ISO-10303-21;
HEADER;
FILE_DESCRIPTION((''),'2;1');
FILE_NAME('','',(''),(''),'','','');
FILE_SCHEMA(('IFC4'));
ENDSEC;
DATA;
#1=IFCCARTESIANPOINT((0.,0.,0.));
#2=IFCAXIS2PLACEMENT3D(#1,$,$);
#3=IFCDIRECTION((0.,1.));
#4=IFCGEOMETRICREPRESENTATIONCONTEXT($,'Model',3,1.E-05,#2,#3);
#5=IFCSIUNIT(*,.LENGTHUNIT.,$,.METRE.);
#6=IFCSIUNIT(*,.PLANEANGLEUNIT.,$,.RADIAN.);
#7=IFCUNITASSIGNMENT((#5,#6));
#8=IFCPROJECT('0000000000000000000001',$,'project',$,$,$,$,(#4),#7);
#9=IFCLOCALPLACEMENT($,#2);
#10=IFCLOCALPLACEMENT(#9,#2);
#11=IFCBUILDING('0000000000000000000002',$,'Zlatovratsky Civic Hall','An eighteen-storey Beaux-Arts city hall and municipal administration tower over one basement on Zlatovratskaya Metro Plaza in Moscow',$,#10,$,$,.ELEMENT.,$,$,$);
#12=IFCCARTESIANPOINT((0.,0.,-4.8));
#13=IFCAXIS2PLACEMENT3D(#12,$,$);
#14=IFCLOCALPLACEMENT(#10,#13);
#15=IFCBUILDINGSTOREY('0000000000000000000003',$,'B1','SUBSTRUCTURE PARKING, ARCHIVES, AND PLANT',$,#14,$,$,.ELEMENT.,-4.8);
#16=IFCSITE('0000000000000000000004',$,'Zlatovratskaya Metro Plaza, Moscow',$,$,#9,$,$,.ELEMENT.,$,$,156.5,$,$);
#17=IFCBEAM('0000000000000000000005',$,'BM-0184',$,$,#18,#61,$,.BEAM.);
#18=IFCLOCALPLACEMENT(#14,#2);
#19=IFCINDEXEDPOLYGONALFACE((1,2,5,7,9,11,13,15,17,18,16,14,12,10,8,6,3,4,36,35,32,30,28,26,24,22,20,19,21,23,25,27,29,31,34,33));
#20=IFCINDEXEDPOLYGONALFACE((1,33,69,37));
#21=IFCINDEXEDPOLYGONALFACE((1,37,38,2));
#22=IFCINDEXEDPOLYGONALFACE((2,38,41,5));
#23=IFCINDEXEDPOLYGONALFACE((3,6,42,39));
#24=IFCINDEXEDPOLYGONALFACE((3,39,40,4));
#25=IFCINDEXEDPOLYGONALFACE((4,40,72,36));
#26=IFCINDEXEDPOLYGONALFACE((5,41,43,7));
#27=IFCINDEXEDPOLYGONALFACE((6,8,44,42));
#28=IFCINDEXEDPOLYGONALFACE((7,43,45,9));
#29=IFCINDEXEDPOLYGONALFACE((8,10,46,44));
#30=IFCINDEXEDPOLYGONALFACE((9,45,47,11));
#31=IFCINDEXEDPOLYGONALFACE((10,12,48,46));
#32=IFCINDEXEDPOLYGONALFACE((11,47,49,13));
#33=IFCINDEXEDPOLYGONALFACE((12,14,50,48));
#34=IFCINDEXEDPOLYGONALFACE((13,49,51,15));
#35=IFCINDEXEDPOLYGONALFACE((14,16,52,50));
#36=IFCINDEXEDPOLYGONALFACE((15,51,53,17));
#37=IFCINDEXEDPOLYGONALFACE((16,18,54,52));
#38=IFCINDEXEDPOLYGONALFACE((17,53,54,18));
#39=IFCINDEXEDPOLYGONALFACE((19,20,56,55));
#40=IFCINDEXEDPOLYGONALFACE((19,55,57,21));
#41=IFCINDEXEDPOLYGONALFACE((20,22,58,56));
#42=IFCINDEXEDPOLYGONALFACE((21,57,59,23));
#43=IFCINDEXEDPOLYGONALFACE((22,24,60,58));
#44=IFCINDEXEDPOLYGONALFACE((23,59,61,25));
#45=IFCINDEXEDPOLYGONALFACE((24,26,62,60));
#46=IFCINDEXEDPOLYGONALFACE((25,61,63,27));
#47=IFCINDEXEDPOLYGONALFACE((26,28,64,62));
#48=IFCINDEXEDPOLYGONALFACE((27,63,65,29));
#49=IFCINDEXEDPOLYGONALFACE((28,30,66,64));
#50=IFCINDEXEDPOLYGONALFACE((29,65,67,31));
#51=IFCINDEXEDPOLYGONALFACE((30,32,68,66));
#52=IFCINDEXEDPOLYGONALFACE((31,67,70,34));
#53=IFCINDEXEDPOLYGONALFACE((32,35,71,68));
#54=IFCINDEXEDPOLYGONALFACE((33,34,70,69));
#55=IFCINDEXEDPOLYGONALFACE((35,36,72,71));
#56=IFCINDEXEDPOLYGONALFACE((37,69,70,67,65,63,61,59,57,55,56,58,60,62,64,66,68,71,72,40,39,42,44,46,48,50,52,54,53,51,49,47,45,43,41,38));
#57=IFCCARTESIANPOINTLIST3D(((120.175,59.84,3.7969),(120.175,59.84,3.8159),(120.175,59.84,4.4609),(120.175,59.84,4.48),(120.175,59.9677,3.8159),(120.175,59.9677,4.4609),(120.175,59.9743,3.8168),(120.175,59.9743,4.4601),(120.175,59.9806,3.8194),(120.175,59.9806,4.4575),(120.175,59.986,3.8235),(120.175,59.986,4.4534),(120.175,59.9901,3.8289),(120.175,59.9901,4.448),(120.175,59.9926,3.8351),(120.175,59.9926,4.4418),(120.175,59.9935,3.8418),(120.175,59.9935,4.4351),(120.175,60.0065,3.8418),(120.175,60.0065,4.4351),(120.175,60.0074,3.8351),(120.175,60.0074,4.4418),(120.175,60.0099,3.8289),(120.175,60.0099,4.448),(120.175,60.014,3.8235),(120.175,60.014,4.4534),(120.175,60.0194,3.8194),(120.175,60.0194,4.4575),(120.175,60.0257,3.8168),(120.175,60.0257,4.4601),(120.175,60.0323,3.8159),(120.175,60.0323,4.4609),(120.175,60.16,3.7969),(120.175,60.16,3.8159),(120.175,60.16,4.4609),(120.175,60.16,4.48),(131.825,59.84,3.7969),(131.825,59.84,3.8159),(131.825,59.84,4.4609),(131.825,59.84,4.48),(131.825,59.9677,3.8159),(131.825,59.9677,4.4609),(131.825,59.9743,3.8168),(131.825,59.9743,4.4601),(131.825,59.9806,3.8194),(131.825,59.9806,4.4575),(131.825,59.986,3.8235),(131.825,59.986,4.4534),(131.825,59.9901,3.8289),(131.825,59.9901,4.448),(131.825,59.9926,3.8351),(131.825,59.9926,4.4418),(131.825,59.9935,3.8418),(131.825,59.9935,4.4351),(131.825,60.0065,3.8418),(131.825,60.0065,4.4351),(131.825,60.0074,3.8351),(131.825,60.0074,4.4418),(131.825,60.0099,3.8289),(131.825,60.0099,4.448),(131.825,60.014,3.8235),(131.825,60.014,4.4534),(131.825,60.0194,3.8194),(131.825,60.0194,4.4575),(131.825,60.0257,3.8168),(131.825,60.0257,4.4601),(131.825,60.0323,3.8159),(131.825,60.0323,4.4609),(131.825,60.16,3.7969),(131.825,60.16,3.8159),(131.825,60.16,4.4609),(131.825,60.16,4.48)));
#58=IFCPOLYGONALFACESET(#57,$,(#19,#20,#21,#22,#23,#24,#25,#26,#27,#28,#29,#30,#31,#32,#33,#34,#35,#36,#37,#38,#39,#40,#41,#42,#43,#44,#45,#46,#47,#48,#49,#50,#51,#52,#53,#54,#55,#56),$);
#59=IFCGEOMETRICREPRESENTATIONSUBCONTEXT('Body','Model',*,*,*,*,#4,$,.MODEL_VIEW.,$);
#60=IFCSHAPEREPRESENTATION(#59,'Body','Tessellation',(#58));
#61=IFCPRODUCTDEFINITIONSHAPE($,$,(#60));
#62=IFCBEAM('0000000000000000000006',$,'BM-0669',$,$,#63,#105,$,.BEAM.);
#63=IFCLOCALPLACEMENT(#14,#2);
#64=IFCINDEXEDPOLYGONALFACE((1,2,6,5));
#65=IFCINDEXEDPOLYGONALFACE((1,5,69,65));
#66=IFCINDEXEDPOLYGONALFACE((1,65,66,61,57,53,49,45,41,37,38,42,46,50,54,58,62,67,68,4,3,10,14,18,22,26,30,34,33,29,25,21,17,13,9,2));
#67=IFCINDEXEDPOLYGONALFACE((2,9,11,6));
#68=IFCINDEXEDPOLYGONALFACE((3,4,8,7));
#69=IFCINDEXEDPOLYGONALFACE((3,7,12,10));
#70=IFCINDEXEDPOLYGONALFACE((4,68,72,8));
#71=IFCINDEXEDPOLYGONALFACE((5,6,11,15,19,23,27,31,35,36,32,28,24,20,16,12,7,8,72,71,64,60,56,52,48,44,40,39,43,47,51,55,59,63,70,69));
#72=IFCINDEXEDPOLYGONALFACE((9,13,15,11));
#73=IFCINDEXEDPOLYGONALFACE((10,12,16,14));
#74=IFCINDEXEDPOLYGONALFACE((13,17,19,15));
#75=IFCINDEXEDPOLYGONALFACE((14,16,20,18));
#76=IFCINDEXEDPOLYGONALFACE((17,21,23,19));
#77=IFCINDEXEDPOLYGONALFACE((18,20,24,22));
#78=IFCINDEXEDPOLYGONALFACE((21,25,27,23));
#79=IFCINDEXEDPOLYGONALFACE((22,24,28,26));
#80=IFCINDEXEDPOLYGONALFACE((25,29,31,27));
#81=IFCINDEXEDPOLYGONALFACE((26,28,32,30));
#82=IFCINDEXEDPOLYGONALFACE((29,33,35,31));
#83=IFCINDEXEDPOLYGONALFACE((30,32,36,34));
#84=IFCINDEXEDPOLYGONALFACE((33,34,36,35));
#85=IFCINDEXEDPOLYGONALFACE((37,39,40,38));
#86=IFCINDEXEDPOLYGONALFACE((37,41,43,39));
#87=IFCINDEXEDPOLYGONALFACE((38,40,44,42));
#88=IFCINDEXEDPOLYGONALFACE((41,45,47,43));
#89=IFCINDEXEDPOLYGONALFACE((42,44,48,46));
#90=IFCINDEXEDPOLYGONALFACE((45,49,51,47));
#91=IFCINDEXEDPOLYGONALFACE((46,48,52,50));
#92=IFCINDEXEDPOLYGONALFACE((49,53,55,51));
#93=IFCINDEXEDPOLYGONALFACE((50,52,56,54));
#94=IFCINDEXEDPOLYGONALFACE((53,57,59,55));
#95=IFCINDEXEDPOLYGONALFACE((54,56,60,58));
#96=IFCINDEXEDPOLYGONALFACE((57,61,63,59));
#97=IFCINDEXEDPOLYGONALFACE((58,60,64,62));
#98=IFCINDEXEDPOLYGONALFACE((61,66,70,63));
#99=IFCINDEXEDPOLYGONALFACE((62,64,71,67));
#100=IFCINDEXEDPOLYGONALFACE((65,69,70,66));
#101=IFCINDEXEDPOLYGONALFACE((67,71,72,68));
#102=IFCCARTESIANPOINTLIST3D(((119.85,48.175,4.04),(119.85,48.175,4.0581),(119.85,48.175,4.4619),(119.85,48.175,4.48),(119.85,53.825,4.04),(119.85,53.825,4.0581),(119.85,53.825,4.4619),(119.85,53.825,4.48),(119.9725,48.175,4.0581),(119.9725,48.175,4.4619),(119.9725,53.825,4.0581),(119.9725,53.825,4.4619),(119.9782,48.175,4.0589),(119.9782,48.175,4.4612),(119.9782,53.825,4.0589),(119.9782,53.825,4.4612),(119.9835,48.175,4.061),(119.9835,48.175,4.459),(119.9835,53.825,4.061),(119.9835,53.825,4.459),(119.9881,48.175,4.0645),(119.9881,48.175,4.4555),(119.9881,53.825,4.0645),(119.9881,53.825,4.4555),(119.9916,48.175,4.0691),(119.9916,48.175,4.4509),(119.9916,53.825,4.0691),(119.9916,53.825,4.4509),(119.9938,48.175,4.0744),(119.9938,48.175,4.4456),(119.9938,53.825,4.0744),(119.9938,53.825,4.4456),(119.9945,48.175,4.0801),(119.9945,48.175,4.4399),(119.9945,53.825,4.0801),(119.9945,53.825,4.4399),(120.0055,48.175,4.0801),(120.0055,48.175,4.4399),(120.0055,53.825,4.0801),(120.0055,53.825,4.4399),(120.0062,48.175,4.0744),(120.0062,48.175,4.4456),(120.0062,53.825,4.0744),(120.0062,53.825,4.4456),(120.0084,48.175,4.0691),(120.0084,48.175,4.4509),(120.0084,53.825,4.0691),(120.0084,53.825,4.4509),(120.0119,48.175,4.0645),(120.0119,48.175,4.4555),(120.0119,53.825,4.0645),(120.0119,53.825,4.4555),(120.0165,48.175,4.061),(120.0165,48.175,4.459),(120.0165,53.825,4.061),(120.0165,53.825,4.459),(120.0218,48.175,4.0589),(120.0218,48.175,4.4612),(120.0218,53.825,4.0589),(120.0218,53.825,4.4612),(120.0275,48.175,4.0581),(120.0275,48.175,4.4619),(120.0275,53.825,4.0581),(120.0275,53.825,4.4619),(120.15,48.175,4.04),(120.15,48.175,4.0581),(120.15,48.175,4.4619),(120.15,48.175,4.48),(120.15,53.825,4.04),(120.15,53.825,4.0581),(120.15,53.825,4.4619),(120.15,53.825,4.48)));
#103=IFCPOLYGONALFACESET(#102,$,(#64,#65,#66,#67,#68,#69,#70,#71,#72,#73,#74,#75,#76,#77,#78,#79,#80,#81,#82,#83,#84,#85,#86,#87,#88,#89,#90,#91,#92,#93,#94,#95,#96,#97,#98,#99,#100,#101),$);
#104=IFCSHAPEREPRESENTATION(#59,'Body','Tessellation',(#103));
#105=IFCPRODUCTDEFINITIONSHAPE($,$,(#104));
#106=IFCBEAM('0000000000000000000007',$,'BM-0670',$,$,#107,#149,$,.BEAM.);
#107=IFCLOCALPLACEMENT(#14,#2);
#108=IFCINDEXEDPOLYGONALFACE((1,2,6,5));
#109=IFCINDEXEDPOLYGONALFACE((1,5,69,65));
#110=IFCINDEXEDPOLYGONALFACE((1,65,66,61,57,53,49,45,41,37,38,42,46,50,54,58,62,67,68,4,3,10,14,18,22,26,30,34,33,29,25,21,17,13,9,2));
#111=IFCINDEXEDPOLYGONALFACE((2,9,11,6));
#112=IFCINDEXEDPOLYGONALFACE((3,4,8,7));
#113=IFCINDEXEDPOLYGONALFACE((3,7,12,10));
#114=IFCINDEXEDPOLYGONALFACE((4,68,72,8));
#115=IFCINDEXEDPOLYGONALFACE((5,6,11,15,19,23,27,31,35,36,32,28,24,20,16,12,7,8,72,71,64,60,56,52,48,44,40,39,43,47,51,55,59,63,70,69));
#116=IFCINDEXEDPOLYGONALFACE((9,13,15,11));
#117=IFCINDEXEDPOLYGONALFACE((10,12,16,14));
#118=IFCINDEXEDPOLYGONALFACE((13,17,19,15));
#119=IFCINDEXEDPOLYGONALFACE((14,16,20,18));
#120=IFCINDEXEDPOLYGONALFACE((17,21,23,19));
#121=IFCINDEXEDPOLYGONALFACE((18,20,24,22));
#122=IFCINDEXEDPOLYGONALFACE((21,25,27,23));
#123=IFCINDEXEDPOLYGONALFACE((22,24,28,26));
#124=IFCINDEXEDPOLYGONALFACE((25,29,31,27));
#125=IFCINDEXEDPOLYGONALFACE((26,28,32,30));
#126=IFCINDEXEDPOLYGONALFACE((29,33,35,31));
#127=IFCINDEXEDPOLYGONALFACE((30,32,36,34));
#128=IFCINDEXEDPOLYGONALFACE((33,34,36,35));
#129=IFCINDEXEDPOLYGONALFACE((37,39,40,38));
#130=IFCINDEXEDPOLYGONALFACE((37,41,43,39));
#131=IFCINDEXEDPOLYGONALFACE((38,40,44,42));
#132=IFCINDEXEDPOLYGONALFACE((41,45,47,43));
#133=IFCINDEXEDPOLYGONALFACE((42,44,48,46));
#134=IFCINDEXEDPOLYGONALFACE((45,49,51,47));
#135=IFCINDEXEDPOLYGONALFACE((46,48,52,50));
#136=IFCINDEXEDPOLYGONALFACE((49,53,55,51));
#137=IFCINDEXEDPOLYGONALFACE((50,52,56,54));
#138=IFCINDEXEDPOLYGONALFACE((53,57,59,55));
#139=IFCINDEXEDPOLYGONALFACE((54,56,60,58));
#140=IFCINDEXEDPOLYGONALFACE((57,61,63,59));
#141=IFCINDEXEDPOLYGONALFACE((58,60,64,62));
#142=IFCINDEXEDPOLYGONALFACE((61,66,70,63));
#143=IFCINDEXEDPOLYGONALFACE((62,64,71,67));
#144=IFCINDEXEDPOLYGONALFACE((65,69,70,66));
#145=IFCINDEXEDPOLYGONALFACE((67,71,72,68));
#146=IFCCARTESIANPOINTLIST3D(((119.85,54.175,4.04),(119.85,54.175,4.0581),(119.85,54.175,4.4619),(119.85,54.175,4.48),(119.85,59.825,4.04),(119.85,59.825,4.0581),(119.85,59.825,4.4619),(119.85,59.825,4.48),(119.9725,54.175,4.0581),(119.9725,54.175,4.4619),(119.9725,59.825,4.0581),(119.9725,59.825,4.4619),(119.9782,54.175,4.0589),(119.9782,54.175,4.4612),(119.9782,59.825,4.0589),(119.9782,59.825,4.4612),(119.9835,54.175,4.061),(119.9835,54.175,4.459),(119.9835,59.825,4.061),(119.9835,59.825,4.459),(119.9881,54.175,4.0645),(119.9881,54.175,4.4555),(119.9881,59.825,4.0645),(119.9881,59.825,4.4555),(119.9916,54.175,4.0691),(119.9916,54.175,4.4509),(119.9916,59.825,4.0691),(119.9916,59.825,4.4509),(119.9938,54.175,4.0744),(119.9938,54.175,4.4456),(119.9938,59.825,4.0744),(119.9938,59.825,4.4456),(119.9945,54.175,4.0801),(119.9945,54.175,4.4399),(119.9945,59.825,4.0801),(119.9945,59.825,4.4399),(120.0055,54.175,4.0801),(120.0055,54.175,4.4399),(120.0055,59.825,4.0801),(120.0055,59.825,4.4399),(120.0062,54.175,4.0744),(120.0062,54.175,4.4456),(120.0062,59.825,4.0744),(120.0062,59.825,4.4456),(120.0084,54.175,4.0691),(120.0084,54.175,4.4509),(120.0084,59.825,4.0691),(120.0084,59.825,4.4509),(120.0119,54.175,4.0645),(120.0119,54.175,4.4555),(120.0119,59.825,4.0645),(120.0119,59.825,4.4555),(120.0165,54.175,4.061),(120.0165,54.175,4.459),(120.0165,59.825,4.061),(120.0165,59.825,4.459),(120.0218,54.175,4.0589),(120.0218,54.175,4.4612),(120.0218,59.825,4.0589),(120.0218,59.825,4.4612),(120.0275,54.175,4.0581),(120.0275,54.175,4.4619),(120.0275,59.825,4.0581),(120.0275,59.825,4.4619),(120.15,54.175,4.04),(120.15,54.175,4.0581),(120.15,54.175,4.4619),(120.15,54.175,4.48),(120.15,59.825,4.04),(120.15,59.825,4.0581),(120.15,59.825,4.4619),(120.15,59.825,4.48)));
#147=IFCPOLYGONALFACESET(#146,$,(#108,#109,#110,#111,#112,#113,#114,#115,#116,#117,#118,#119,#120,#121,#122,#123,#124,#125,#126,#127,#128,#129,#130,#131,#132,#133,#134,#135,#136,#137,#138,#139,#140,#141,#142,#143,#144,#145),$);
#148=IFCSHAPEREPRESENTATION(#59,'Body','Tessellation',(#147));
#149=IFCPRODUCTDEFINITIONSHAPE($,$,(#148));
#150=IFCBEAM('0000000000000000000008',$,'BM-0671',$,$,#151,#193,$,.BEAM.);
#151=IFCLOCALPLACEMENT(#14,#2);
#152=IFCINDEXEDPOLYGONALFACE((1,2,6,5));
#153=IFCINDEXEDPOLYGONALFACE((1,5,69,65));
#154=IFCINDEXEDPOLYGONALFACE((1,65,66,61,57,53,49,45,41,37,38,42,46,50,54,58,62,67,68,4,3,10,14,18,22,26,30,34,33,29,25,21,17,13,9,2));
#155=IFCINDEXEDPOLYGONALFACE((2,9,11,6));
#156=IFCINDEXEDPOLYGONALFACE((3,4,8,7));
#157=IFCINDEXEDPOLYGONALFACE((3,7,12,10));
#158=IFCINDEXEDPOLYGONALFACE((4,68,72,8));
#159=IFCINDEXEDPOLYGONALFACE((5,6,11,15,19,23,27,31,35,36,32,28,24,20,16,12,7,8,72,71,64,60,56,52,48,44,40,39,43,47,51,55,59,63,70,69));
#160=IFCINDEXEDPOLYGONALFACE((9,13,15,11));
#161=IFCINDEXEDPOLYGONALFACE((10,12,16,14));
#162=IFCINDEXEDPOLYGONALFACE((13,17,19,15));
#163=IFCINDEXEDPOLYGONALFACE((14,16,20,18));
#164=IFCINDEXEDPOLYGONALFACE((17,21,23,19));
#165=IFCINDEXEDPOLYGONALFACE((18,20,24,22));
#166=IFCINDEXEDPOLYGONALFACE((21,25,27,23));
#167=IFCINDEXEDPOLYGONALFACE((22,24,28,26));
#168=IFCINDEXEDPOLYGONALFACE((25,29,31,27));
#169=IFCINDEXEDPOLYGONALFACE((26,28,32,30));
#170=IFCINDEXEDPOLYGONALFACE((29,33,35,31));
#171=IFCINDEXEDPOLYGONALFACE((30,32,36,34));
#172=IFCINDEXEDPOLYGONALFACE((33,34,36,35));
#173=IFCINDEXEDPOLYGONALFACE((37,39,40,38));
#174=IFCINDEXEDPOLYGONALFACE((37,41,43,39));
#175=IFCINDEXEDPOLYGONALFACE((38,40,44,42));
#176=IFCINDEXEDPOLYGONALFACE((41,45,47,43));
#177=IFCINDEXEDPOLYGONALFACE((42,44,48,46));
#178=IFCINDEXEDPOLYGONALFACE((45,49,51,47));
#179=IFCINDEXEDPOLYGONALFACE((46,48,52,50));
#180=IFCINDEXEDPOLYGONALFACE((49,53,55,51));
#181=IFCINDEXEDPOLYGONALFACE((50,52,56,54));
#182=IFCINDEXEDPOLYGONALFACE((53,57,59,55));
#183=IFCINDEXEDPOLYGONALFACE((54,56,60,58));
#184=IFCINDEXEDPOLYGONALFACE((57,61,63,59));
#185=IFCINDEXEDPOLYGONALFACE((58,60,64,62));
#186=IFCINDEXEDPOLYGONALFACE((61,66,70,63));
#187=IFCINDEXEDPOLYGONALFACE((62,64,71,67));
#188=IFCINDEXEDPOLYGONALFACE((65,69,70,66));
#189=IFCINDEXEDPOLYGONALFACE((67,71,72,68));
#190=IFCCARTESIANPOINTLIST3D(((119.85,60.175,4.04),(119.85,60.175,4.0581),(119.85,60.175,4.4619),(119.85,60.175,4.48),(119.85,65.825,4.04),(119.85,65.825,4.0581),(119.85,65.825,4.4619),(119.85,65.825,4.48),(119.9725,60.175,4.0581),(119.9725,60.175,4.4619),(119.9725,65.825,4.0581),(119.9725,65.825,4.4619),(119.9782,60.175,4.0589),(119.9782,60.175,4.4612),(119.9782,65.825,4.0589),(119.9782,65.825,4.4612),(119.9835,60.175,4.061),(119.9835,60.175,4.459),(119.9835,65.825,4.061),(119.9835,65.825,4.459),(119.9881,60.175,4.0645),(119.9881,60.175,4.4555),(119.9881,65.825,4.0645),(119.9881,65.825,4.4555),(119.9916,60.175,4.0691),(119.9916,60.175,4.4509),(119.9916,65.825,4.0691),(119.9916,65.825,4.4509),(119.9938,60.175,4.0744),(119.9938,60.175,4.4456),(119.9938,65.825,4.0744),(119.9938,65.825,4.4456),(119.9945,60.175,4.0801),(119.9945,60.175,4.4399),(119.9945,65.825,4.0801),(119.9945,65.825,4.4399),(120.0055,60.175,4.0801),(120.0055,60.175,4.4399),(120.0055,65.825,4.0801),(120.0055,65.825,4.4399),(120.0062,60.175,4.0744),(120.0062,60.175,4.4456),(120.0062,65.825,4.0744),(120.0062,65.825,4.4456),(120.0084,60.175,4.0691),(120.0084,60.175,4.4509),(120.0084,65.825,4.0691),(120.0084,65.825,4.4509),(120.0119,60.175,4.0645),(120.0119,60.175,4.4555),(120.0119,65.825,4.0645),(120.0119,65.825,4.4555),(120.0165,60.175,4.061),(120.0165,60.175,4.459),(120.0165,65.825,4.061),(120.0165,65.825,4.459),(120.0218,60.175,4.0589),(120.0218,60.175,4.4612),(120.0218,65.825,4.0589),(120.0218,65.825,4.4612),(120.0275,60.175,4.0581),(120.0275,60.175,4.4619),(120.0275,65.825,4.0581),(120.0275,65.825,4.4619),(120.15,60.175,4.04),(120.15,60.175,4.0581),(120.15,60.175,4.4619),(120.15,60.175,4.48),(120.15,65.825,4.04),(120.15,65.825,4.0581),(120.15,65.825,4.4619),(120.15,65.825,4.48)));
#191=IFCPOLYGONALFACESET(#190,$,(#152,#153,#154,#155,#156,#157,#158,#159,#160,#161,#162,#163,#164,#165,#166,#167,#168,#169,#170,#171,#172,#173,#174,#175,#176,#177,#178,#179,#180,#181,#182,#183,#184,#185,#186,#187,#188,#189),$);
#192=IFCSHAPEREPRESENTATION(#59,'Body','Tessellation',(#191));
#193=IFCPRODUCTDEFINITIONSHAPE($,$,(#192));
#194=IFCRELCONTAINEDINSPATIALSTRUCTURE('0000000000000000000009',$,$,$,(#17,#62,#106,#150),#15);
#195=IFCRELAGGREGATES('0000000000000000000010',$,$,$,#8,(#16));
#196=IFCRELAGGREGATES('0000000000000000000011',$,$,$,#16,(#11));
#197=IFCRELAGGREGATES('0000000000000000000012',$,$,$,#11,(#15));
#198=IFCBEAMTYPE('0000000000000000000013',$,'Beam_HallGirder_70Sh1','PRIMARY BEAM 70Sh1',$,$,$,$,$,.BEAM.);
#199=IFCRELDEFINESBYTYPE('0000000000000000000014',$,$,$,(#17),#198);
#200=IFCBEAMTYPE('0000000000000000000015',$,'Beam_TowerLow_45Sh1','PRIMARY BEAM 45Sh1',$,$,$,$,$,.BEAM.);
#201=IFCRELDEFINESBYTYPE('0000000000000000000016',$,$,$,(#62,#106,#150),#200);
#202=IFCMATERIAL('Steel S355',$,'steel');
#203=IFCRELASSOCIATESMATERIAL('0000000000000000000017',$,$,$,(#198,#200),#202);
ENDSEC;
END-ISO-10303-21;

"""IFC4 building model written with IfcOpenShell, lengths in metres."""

from ifc_helpers import new_model, si_unit, direction, frame, origin, origin_2d, place, context, subcontext, project, spatial, i_section, extrude, material, material_profile, profile_set, type_object, element, save


model = new_model("IFC4")

# Units and contexts
model_context = context("Model", 3, precision=1e-05, world=origin(), true_north=direction((0.0, 1.0)))
body_context = subcontext(model_context, "Body", "Model", "MODEL_VIEW")
ifc_project = project(units=[si_unit("LENGTHUNIT", "METRE"), si_unit("PLANEANGLEUNIT", "RADIAN")], contexts=[model_context])

# Site, building, storey
site_placement = place(None, origin())
site = spatial("IfcSite", under=ifc_project, at=site_placement, Name="Zlatovratskaya Metro Plaza, Moscow", CompositionType="ELEMENT", RefElevation=156.5)
building_placement = place(site_placement, origin())
building = spatial("IfcBuilding", under=site, at=building_placement, Name="Zlatovratsky Civic Hall", Description="An eighteen-storey Beaux-Arts city hall and municipal administration tower over one basement on Zlatovratskaya Metro Plaza in Moscow", CompositionType="ELEMENT")
storey_placement = place(building_placement, frame((0.0, 0.0, -4.8)))
storey = spatial("IfcBuildingStorey", under=building, at=storey_placement, Name="B1", Description="SUBSTRUCTURE PARKING, ARCHIVES, AND PLANT", CompositionType="ELEMENT", Elevation=-4.8)

# Shared definitions
ifc_material_1 = material(Name="Steel S355", Category="steel")

# Beams
ifc_material_profile_1 = material_profile(ifc_material_1, i_section(OverallWidth=0.3201, OverallDepth=0.6831, WebThickness=0.0129, FlangeThickness=0.019, FilletRadius=0.0259, at=origin_2d()), Name="70Sh1")
ifc_profile_set_1 = profile_set([ifc_material_profile_1], Name="Steel S355")
beam_type_1 = type_object("IfcBeamType", Name="Beam_HallGirder_70Sh1", Description="PRIMARY BEAM 70Sh1", PredefinedType="BEAM", material=ifc_profile_set_1)
for number, where, z_axis, x_axis, name in (
    (1, (120.175, 60.0, 4.1384), (1.0, 0.0, 0.0), (0.0, 1.0, 0.0), "BM-0184"),
):
    element("IfcBeam", number, at=place(storey_placement, frame(where, z_axis=z_axis, x_axis=x_axis)), inside=storey, type_object=beam_type_1, Name=name, PredefinedType="BEAM", context=body_context, shape_type="SweptSolid", body=[
        extrude(i_section(OverallWidth=0.3201, OverallDepth=0.6831, WebThickness=0.0129, FlangeThickness=0.019, FilletRadius=0.0259, at=origin_2d()), origin(), (0.0, 0.0, 1.0), 11.6499),
    ])
ifc_material_profile_2 = material_profile(ifc_material_1, i_section(OverallWidth=0.3, OverallDepth=0.4399, WebThickness=0.011, FlangeThickness=0.0181, FilletRadius=0.022, at=origin_2d()), Name="45Sh1")
ifc_profile_set_2 = profile_set([ifc_material_profile_2], Name="Steel S355")
beam_type_2 = type_object("IfcBeamType", Name="Beam_TowerLow_45Sh1", Description="PRIMARY BEAM 45Sh1", PredefinedType="BEAM", material=ifc_profile_set_2)
for number, where, z_axis, x_axis, name in (
    (2, (120.0, 48.175, 4.26), (0.0, 1.0, 0.0), (-1.0, 0.0, 0.0), "BM-0669"),
    (3, (120.0, 54.175, 4.26), (0.0, 1.0, 0.0), (-1.0, 0.0, 0.0), "BM-0670"),
    (4, (120.0, 60.175, 4.26), (0.0, 1.0, 0.0), (-1.0, 0.0, 0.0), "BM-0671"),
):
    element("IfcBeam", number, at=place(storey_placement, frame(where, z_axis=z_axis, x_axis=x_axis)), inside=storey, type_object=beam_type_2, Name=name, PredefinedType="BEAM", context=body_context, shape_type="SweptSolid", body=[
        extrude(i_section(OverallWidth=0.3, OverallDepth=0.4399, WebThickness=0.011, FlangeThickness=0.0181, FilletRadius=0.022, at=origin_2d()), origin(), (0.0, 0.0, 1.0), 5.6499),
    ])

save(model, "model.ifc")
